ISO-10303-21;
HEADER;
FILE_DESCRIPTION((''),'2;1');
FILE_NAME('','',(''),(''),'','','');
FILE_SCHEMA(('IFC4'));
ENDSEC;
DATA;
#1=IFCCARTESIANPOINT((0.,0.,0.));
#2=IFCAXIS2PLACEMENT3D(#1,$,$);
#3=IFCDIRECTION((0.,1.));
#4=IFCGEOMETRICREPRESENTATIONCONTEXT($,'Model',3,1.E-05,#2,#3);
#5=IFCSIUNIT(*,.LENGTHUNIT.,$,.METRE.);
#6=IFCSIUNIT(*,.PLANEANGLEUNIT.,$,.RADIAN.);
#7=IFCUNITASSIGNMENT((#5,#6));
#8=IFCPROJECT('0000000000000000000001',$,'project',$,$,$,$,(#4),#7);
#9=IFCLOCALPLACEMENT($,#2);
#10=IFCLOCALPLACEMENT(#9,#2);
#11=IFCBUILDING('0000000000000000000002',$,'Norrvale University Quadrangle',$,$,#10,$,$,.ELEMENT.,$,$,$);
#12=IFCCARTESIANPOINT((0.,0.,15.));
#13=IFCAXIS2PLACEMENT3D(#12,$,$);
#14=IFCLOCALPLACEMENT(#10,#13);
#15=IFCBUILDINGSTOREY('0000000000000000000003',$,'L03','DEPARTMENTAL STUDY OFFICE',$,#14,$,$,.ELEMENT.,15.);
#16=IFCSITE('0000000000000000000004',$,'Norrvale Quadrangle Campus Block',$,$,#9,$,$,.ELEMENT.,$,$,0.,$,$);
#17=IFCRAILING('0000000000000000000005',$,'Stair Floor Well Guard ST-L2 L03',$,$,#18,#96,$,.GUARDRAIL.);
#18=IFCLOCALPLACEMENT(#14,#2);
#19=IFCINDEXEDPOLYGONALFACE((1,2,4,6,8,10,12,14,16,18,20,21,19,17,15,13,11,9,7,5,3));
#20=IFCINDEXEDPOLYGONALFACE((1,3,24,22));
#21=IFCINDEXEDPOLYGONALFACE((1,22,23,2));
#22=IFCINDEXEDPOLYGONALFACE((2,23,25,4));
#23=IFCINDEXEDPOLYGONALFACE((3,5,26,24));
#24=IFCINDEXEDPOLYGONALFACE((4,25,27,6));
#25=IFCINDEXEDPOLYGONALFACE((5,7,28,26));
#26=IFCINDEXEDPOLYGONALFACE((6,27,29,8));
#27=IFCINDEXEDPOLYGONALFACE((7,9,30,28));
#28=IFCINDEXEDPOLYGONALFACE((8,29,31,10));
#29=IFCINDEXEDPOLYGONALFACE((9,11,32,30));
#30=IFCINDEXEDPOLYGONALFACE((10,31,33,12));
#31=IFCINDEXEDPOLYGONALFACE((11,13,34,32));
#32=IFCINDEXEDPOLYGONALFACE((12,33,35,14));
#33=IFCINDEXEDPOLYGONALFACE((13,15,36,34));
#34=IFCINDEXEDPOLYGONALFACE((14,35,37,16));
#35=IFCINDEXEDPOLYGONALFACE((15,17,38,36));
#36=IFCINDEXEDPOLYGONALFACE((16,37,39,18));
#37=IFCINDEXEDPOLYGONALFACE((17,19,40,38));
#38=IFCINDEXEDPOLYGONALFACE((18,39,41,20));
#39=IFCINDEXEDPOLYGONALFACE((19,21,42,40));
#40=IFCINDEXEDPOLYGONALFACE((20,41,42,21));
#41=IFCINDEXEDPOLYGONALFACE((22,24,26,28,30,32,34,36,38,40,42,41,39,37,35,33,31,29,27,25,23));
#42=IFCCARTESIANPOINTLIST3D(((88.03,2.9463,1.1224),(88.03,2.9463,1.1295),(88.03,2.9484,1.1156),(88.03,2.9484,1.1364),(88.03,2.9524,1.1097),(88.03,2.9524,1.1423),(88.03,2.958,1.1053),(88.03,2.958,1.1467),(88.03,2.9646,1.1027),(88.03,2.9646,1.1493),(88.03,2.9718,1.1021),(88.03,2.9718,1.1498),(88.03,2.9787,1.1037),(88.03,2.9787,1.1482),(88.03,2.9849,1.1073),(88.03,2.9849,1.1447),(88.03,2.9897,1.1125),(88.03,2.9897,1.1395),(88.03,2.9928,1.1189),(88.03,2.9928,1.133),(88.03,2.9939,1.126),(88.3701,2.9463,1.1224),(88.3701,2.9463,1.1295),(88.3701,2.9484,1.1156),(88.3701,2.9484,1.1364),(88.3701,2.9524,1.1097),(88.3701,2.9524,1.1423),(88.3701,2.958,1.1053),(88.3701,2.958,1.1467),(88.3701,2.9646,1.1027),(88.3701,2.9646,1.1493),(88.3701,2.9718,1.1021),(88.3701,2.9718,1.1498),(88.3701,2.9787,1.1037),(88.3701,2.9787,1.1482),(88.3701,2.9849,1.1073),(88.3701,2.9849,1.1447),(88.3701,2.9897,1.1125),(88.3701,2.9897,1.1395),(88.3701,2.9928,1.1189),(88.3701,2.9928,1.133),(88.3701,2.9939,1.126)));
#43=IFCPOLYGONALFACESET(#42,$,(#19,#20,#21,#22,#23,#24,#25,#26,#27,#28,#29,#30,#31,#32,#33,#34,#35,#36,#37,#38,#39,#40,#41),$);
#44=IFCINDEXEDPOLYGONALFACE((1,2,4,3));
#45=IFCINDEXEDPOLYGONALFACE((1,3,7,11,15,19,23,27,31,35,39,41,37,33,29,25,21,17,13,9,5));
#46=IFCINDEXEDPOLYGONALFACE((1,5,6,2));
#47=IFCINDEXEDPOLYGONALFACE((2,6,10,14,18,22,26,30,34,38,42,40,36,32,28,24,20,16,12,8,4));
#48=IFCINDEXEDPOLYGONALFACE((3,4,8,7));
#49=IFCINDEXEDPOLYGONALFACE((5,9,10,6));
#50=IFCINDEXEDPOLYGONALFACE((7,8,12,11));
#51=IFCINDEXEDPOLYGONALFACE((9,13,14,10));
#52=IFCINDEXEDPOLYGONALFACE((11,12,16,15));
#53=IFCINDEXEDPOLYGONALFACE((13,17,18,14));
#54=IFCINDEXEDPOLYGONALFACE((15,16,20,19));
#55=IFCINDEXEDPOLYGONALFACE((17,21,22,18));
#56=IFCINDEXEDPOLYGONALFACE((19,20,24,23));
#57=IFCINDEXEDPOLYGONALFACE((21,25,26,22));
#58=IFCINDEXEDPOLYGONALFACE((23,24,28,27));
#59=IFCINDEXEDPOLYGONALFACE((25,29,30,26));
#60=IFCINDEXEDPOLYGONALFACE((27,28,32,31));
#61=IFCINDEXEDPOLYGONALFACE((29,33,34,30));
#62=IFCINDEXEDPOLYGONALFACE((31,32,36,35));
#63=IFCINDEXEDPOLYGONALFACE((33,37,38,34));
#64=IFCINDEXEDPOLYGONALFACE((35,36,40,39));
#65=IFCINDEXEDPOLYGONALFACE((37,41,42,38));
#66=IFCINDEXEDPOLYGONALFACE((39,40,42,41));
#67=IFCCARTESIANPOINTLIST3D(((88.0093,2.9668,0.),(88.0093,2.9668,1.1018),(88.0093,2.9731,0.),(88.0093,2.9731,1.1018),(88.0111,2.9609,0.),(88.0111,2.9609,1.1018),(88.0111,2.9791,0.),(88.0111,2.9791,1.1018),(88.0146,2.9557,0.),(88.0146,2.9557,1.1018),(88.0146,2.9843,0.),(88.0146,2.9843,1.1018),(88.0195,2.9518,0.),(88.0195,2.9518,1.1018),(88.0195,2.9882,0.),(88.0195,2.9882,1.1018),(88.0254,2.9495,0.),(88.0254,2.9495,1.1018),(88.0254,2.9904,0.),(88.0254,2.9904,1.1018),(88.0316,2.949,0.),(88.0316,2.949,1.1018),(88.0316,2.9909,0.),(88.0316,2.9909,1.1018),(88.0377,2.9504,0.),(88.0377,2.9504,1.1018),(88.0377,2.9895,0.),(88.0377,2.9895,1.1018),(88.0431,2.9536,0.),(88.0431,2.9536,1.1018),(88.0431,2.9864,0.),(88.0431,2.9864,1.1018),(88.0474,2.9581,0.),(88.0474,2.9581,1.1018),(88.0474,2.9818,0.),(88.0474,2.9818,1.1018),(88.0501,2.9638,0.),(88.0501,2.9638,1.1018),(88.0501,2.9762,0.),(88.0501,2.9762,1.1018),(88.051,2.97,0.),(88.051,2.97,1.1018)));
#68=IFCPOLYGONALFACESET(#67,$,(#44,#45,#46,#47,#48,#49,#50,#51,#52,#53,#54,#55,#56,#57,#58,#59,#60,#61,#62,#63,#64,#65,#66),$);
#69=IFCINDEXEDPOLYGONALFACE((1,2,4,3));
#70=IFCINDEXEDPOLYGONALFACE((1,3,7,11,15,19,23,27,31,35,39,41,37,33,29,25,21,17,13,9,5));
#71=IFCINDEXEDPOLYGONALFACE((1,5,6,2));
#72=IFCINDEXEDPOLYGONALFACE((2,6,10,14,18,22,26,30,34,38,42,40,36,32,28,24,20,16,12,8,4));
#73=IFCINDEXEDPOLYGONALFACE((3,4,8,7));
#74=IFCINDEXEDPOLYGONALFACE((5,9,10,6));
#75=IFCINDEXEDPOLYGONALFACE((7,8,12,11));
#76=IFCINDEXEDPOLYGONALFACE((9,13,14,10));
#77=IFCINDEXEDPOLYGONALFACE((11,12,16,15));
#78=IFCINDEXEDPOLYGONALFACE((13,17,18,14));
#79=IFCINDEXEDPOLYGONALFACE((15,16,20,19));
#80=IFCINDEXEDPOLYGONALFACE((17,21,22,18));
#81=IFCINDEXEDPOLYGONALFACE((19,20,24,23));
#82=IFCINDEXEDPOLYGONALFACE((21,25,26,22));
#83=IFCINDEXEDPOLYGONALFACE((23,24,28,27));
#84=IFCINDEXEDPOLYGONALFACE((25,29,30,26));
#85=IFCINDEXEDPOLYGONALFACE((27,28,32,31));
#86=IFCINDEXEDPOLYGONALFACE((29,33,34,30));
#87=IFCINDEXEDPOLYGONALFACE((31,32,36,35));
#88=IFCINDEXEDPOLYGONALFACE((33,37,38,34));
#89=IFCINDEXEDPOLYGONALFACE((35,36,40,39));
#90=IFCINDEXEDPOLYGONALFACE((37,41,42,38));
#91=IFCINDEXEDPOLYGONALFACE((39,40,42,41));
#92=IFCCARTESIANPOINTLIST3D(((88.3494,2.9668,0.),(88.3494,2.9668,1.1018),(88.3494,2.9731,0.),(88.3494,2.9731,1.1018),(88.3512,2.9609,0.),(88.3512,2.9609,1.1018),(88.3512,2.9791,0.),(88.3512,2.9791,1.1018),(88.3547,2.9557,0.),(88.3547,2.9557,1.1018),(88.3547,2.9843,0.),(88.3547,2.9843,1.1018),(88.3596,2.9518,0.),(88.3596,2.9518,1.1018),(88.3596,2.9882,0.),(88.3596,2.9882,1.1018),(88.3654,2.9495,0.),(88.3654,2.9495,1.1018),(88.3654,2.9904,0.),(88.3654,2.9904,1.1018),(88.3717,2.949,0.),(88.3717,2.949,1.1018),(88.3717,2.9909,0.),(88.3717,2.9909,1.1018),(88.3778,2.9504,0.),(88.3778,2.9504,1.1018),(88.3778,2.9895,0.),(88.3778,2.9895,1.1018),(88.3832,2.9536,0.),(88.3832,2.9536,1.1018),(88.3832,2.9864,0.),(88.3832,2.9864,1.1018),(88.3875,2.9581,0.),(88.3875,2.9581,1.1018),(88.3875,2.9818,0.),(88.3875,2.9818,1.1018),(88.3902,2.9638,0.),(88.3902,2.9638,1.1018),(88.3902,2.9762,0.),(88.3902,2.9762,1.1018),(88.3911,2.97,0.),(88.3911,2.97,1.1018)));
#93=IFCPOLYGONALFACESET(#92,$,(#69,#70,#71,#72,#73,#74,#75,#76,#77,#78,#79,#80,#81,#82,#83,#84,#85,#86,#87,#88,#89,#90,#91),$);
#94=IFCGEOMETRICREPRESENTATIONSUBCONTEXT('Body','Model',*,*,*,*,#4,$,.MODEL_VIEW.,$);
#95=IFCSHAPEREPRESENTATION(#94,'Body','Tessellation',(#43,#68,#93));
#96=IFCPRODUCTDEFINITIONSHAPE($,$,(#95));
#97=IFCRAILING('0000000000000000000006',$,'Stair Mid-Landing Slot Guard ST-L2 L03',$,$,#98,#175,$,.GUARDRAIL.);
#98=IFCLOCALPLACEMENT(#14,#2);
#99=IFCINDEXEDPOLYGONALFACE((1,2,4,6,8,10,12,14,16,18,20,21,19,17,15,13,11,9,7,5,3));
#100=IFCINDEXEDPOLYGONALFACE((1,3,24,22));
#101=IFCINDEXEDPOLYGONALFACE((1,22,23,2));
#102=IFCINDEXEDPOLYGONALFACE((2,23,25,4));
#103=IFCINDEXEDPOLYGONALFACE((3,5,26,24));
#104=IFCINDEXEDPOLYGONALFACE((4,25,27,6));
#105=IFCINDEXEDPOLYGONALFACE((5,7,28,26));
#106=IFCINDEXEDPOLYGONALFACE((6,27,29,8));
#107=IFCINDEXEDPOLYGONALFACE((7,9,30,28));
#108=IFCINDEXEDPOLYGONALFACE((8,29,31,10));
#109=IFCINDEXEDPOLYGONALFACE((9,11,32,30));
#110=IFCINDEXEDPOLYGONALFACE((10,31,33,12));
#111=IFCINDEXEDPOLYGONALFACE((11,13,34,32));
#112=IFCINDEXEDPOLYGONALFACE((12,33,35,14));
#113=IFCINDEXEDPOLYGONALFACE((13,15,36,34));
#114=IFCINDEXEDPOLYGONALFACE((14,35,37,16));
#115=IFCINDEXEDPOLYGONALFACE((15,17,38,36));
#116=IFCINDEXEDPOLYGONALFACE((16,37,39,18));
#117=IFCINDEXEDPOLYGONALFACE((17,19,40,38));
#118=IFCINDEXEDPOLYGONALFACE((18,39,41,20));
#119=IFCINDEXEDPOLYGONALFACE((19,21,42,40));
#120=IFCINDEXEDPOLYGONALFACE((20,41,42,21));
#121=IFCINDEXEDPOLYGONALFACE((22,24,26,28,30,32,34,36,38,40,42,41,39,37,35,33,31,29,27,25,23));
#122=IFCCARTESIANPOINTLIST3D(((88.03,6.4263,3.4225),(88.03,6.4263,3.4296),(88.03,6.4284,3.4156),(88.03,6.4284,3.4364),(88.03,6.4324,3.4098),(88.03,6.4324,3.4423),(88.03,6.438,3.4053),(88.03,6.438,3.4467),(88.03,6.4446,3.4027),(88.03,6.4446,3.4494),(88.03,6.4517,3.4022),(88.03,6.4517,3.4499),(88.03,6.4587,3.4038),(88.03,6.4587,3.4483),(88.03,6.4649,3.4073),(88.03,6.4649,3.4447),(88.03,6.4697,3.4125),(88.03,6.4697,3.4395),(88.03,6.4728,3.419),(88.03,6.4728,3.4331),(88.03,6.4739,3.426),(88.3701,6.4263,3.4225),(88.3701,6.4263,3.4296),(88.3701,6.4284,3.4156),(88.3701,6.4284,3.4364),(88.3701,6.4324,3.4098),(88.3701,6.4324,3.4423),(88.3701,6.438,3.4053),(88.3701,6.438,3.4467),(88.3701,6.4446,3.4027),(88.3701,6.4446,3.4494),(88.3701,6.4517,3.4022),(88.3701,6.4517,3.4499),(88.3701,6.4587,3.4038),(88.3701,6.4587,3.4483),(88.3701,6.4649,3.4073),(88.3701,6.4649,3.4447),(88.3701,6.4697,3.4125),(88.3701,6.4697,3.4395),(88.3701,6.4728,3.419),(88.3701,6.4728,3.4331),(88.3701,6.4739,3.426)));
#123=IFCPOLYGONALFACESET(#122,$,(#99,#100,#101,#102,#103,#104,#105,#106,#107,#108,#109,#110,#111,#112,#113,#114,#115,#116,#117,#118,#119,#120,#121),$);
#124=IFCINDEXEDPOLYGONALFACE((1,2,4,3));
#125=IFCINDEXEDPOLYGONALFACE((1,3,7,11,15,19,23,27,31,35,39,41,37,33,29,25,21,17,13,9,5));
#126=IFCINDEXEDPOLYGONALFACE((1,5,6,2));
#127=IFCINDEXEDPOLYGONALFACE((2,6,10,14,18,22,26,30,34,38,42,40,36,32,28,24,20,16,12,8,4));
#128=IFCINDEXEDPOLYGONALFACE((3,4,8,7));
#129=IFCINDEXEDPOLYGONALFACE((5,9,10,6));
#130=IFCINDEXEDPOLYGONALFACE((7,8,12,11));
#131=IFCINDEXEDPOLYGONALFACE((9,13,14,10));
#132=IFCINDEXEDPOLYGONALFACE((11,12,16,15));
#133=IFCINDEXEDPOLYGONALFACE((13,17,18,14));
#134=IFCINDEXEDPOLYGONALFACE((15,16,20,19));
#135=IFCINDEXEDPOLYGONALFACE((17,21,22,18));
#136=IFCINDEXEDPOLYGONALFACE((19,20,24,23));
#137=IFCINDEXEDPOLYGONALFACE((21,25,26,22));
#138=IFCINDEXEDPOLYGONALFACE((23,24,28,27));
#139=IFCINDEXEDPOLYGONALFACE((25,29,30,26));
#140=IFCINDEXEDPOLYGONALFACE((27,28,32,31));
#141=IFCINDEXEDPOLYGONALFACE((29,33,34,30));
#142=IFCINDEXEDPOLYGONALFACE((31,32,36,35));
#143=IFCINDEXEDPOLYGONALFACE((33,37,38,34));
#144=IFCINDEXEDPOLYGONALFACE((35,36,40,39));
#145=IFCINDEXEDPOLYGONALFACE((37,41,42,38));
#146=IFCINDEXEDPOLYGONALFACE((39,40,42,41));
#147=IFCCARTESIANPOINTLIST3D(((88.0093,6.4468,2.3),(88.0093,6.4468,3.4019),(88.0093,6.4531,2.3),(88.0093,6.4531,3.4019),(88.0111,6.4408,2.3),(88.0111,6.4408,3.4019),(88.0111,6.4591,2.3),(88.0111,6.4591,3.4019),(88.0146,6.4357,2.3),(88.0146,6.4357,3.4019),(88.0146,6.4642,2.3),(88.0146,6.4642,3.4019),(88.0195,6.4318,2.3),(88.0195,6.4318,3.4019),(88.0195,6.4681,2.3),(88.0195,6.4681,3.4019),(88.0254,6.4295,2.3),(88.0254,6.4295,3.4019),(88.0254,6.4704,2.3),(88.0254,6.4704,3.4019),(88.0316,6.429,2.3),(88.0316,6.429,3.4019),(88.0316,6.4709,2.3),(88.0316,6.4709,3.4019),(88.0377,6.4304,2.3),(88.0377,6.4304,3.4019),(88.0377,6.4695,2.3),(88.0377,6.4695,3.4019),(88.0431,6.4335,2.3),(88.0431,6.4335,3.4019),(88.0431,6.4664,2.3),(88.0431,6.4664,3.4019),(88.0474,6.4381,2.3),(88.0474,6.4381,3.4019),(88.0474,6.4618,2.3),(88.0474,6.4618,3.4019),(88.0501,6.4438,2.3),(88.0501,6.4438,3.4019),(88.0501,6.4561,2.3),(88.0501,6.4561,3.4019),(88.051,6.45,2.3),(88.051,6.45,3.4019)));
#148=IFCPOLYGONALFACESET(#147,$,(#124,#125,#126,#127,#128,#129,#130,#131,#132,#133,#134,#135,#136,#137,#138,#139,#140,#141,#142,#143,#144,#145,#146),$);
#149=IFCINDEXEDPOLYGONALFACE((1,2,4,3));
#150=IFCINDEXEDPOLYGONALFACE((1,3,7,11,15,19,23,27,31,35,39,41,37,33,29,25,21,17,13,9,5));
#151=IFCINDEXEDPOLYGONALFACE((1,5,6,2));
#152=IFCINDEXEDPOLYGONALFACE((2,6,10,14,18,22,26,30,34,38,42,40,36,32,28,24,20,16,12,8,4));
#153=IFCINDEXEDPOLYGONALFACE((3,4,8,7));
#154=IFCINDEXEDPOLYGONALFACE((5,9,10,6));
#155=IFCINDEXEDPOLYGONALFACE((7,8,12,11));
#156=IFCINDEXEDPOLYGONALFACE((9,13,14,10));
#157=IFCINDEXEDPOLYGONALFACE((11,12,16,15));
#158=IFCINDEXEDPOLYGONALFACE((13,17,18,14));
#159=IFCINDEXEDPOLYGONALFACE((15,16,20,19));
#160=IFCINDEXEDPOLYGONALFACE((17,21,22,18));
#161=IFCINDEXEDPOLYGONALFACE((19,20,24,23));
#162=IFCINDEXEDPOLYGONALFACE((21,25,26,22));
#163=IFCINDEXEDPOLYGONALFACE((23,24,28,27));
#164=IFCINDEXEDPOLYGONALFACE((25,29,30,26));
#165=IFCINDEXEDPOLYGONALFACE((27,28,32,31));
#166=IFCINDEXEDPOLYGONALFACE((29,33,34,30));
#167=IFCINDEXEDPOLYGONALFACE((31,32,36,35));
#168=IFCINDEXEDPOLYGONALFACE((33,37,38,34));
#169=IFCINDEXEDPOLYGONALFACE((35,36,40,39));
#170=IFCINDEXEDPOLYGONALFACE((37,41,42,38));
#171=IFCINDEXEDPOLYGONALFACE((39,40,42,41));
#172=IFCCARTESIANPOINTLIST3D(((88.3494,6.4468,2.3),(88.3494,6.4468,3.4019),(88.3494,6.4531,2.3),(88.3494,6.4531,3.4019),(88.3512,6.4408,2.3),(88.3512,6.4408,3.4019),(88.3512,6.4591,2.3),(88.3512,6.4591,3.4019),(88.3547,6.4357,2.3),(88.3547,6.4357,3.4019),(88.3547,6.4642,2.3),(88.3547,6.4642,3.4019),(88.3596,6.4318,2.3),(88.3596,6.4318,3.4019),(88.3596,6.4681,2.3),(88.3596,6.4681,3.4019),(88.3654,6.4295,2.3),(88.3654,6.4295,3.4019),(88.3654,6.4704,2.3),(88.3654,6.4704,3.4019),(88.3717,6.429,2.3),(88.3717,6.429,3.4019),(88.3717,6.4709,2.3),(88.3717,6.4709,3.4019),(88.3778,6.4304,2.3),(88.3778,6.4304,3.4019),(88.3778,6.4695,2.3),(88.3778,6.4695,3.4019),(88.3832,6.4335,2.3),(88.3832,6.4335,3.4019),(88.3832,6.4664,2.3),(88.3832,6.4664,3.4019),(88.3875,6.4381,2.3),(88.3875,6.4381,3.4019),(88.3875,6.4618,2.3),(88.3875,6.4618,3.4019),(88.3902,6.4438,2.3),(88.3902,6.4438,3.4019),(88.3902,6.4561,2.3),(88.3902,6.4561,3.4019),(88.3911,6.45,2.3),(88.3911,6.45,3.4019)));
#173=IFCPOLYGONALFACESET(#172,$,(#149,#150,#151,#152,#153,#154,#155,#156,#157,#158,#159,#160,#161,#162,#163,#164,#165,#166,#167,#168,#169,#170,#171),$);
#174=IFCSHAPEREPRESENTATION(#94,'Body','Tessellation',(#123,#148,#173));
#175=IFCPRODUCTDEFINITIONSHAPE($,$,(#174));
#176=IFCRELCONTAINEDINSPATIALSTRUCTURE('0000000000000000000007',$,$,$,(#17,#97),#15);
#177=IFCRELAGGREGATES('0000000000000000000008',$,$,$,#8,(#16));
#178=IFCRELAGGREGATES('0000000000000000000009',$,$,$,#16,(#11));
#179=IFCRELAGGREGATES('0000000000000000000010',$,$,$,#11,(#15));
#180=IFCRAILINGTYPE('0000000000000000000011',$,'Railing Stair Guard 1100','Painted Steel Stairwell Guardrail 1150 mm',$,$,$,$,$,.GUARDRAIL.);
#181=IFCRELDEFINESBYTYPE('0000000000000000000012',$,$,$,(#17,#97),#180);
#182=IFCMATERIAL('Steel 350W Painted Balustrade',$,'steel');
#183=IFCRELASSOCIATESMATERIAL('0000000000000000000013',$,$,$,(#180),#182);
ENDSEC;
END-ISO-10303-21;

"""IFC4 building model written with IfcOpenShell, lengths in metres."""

from ifc_helpers import new_model, si_unit, direction, frame, origin, origin_2d, place, context, subcontext, project, spatial, circle, extrude, material, type_object, element, save


model = new_model("IFC4")

# Units and contexts
model_context = context("Model", 3, precision=1e-05, world=origin(), true_north=direction((0.0, 1.0)))
body_context = subcontext(model_context, "Body", "Model", "MODEL_VIEW")
ifc_project = project(units=[si_unit("LENGTHUNIT", "METRE"), si_unit("PLANEANGLEUNIT", "RADIAN")], contexts=[model_context])

# Site, building, storey
site_placement = place(None, origin())
site = spatial("IfcSite", under=ifc_project, at=site_placement, Name="Norrvale Quadrangle Campus Block", CompositionType="ELEMENT", RefElevation=0.0)
building_placement = place(site_placement, origin())
building = spatial("IfcBuilding", under=site, at=building_placement, Name="Norrvale University Quadrangle", CompositionType="ELEMENT")
storey_placement = place(building_placement, frame((0.0, 0.0, 15.0)))
storey = spatial("IfcBuildingStorey", under=building, at=storey_placement, Name="L03", Description="DEPARTMENTAL STUDY OFFICE", CompositionType="ELEMENT", Elevation=15.0)

# Railings
ifc_material_1 = material(Name="Steel 350W Painted Balustrade", Category="steel")
railing_type_1 = type_object("IfcRailingType", Name="Railing Stair Guard 1100", Description="Painted Steel Stairwell Guardrail 1150 mm", PredefinedType="GUARDRAIL", material=ifc_material_1)
for number, where, name in (
    (1, (88.03, 2.97, 0.0), "Stair Floor Well Guard ST-L2 L03"),
    (2, (88.03, 6.45, 2.3), "Stair Mid-Landing Slot Guard ST-L2 L03"),
):
    element("IfcRailing", number, at=place(storey_placement, frame(where)), inside=storey, type_object=railing_type_1, Name=name, PredefinedType="GUARDRAIL", context=body_context, shape_type="SweptSolid", body=[
        extrude(circle(Radius=0.0239, at=origin_2d()), frame((0.0, 0.0, 1.126), z_axis=(1.0, 0.0, 0.0), x_axis=(0.0, 1.0, 0.0)), (0.0, 0.0, 1.0), 0.3401),
        extrude(circle(Radius=0.021, at=origin_2d()), origin(), (0.0, 0.0, 1.0), 1.1018),
        extrude(circle(Radius=0.021, at=origin_2d()), frame((0.3401, 0.0, 0.0)), (0.0, 0.0, 1.0), 1.1018),
    ])

save(model, "model.ifc")
